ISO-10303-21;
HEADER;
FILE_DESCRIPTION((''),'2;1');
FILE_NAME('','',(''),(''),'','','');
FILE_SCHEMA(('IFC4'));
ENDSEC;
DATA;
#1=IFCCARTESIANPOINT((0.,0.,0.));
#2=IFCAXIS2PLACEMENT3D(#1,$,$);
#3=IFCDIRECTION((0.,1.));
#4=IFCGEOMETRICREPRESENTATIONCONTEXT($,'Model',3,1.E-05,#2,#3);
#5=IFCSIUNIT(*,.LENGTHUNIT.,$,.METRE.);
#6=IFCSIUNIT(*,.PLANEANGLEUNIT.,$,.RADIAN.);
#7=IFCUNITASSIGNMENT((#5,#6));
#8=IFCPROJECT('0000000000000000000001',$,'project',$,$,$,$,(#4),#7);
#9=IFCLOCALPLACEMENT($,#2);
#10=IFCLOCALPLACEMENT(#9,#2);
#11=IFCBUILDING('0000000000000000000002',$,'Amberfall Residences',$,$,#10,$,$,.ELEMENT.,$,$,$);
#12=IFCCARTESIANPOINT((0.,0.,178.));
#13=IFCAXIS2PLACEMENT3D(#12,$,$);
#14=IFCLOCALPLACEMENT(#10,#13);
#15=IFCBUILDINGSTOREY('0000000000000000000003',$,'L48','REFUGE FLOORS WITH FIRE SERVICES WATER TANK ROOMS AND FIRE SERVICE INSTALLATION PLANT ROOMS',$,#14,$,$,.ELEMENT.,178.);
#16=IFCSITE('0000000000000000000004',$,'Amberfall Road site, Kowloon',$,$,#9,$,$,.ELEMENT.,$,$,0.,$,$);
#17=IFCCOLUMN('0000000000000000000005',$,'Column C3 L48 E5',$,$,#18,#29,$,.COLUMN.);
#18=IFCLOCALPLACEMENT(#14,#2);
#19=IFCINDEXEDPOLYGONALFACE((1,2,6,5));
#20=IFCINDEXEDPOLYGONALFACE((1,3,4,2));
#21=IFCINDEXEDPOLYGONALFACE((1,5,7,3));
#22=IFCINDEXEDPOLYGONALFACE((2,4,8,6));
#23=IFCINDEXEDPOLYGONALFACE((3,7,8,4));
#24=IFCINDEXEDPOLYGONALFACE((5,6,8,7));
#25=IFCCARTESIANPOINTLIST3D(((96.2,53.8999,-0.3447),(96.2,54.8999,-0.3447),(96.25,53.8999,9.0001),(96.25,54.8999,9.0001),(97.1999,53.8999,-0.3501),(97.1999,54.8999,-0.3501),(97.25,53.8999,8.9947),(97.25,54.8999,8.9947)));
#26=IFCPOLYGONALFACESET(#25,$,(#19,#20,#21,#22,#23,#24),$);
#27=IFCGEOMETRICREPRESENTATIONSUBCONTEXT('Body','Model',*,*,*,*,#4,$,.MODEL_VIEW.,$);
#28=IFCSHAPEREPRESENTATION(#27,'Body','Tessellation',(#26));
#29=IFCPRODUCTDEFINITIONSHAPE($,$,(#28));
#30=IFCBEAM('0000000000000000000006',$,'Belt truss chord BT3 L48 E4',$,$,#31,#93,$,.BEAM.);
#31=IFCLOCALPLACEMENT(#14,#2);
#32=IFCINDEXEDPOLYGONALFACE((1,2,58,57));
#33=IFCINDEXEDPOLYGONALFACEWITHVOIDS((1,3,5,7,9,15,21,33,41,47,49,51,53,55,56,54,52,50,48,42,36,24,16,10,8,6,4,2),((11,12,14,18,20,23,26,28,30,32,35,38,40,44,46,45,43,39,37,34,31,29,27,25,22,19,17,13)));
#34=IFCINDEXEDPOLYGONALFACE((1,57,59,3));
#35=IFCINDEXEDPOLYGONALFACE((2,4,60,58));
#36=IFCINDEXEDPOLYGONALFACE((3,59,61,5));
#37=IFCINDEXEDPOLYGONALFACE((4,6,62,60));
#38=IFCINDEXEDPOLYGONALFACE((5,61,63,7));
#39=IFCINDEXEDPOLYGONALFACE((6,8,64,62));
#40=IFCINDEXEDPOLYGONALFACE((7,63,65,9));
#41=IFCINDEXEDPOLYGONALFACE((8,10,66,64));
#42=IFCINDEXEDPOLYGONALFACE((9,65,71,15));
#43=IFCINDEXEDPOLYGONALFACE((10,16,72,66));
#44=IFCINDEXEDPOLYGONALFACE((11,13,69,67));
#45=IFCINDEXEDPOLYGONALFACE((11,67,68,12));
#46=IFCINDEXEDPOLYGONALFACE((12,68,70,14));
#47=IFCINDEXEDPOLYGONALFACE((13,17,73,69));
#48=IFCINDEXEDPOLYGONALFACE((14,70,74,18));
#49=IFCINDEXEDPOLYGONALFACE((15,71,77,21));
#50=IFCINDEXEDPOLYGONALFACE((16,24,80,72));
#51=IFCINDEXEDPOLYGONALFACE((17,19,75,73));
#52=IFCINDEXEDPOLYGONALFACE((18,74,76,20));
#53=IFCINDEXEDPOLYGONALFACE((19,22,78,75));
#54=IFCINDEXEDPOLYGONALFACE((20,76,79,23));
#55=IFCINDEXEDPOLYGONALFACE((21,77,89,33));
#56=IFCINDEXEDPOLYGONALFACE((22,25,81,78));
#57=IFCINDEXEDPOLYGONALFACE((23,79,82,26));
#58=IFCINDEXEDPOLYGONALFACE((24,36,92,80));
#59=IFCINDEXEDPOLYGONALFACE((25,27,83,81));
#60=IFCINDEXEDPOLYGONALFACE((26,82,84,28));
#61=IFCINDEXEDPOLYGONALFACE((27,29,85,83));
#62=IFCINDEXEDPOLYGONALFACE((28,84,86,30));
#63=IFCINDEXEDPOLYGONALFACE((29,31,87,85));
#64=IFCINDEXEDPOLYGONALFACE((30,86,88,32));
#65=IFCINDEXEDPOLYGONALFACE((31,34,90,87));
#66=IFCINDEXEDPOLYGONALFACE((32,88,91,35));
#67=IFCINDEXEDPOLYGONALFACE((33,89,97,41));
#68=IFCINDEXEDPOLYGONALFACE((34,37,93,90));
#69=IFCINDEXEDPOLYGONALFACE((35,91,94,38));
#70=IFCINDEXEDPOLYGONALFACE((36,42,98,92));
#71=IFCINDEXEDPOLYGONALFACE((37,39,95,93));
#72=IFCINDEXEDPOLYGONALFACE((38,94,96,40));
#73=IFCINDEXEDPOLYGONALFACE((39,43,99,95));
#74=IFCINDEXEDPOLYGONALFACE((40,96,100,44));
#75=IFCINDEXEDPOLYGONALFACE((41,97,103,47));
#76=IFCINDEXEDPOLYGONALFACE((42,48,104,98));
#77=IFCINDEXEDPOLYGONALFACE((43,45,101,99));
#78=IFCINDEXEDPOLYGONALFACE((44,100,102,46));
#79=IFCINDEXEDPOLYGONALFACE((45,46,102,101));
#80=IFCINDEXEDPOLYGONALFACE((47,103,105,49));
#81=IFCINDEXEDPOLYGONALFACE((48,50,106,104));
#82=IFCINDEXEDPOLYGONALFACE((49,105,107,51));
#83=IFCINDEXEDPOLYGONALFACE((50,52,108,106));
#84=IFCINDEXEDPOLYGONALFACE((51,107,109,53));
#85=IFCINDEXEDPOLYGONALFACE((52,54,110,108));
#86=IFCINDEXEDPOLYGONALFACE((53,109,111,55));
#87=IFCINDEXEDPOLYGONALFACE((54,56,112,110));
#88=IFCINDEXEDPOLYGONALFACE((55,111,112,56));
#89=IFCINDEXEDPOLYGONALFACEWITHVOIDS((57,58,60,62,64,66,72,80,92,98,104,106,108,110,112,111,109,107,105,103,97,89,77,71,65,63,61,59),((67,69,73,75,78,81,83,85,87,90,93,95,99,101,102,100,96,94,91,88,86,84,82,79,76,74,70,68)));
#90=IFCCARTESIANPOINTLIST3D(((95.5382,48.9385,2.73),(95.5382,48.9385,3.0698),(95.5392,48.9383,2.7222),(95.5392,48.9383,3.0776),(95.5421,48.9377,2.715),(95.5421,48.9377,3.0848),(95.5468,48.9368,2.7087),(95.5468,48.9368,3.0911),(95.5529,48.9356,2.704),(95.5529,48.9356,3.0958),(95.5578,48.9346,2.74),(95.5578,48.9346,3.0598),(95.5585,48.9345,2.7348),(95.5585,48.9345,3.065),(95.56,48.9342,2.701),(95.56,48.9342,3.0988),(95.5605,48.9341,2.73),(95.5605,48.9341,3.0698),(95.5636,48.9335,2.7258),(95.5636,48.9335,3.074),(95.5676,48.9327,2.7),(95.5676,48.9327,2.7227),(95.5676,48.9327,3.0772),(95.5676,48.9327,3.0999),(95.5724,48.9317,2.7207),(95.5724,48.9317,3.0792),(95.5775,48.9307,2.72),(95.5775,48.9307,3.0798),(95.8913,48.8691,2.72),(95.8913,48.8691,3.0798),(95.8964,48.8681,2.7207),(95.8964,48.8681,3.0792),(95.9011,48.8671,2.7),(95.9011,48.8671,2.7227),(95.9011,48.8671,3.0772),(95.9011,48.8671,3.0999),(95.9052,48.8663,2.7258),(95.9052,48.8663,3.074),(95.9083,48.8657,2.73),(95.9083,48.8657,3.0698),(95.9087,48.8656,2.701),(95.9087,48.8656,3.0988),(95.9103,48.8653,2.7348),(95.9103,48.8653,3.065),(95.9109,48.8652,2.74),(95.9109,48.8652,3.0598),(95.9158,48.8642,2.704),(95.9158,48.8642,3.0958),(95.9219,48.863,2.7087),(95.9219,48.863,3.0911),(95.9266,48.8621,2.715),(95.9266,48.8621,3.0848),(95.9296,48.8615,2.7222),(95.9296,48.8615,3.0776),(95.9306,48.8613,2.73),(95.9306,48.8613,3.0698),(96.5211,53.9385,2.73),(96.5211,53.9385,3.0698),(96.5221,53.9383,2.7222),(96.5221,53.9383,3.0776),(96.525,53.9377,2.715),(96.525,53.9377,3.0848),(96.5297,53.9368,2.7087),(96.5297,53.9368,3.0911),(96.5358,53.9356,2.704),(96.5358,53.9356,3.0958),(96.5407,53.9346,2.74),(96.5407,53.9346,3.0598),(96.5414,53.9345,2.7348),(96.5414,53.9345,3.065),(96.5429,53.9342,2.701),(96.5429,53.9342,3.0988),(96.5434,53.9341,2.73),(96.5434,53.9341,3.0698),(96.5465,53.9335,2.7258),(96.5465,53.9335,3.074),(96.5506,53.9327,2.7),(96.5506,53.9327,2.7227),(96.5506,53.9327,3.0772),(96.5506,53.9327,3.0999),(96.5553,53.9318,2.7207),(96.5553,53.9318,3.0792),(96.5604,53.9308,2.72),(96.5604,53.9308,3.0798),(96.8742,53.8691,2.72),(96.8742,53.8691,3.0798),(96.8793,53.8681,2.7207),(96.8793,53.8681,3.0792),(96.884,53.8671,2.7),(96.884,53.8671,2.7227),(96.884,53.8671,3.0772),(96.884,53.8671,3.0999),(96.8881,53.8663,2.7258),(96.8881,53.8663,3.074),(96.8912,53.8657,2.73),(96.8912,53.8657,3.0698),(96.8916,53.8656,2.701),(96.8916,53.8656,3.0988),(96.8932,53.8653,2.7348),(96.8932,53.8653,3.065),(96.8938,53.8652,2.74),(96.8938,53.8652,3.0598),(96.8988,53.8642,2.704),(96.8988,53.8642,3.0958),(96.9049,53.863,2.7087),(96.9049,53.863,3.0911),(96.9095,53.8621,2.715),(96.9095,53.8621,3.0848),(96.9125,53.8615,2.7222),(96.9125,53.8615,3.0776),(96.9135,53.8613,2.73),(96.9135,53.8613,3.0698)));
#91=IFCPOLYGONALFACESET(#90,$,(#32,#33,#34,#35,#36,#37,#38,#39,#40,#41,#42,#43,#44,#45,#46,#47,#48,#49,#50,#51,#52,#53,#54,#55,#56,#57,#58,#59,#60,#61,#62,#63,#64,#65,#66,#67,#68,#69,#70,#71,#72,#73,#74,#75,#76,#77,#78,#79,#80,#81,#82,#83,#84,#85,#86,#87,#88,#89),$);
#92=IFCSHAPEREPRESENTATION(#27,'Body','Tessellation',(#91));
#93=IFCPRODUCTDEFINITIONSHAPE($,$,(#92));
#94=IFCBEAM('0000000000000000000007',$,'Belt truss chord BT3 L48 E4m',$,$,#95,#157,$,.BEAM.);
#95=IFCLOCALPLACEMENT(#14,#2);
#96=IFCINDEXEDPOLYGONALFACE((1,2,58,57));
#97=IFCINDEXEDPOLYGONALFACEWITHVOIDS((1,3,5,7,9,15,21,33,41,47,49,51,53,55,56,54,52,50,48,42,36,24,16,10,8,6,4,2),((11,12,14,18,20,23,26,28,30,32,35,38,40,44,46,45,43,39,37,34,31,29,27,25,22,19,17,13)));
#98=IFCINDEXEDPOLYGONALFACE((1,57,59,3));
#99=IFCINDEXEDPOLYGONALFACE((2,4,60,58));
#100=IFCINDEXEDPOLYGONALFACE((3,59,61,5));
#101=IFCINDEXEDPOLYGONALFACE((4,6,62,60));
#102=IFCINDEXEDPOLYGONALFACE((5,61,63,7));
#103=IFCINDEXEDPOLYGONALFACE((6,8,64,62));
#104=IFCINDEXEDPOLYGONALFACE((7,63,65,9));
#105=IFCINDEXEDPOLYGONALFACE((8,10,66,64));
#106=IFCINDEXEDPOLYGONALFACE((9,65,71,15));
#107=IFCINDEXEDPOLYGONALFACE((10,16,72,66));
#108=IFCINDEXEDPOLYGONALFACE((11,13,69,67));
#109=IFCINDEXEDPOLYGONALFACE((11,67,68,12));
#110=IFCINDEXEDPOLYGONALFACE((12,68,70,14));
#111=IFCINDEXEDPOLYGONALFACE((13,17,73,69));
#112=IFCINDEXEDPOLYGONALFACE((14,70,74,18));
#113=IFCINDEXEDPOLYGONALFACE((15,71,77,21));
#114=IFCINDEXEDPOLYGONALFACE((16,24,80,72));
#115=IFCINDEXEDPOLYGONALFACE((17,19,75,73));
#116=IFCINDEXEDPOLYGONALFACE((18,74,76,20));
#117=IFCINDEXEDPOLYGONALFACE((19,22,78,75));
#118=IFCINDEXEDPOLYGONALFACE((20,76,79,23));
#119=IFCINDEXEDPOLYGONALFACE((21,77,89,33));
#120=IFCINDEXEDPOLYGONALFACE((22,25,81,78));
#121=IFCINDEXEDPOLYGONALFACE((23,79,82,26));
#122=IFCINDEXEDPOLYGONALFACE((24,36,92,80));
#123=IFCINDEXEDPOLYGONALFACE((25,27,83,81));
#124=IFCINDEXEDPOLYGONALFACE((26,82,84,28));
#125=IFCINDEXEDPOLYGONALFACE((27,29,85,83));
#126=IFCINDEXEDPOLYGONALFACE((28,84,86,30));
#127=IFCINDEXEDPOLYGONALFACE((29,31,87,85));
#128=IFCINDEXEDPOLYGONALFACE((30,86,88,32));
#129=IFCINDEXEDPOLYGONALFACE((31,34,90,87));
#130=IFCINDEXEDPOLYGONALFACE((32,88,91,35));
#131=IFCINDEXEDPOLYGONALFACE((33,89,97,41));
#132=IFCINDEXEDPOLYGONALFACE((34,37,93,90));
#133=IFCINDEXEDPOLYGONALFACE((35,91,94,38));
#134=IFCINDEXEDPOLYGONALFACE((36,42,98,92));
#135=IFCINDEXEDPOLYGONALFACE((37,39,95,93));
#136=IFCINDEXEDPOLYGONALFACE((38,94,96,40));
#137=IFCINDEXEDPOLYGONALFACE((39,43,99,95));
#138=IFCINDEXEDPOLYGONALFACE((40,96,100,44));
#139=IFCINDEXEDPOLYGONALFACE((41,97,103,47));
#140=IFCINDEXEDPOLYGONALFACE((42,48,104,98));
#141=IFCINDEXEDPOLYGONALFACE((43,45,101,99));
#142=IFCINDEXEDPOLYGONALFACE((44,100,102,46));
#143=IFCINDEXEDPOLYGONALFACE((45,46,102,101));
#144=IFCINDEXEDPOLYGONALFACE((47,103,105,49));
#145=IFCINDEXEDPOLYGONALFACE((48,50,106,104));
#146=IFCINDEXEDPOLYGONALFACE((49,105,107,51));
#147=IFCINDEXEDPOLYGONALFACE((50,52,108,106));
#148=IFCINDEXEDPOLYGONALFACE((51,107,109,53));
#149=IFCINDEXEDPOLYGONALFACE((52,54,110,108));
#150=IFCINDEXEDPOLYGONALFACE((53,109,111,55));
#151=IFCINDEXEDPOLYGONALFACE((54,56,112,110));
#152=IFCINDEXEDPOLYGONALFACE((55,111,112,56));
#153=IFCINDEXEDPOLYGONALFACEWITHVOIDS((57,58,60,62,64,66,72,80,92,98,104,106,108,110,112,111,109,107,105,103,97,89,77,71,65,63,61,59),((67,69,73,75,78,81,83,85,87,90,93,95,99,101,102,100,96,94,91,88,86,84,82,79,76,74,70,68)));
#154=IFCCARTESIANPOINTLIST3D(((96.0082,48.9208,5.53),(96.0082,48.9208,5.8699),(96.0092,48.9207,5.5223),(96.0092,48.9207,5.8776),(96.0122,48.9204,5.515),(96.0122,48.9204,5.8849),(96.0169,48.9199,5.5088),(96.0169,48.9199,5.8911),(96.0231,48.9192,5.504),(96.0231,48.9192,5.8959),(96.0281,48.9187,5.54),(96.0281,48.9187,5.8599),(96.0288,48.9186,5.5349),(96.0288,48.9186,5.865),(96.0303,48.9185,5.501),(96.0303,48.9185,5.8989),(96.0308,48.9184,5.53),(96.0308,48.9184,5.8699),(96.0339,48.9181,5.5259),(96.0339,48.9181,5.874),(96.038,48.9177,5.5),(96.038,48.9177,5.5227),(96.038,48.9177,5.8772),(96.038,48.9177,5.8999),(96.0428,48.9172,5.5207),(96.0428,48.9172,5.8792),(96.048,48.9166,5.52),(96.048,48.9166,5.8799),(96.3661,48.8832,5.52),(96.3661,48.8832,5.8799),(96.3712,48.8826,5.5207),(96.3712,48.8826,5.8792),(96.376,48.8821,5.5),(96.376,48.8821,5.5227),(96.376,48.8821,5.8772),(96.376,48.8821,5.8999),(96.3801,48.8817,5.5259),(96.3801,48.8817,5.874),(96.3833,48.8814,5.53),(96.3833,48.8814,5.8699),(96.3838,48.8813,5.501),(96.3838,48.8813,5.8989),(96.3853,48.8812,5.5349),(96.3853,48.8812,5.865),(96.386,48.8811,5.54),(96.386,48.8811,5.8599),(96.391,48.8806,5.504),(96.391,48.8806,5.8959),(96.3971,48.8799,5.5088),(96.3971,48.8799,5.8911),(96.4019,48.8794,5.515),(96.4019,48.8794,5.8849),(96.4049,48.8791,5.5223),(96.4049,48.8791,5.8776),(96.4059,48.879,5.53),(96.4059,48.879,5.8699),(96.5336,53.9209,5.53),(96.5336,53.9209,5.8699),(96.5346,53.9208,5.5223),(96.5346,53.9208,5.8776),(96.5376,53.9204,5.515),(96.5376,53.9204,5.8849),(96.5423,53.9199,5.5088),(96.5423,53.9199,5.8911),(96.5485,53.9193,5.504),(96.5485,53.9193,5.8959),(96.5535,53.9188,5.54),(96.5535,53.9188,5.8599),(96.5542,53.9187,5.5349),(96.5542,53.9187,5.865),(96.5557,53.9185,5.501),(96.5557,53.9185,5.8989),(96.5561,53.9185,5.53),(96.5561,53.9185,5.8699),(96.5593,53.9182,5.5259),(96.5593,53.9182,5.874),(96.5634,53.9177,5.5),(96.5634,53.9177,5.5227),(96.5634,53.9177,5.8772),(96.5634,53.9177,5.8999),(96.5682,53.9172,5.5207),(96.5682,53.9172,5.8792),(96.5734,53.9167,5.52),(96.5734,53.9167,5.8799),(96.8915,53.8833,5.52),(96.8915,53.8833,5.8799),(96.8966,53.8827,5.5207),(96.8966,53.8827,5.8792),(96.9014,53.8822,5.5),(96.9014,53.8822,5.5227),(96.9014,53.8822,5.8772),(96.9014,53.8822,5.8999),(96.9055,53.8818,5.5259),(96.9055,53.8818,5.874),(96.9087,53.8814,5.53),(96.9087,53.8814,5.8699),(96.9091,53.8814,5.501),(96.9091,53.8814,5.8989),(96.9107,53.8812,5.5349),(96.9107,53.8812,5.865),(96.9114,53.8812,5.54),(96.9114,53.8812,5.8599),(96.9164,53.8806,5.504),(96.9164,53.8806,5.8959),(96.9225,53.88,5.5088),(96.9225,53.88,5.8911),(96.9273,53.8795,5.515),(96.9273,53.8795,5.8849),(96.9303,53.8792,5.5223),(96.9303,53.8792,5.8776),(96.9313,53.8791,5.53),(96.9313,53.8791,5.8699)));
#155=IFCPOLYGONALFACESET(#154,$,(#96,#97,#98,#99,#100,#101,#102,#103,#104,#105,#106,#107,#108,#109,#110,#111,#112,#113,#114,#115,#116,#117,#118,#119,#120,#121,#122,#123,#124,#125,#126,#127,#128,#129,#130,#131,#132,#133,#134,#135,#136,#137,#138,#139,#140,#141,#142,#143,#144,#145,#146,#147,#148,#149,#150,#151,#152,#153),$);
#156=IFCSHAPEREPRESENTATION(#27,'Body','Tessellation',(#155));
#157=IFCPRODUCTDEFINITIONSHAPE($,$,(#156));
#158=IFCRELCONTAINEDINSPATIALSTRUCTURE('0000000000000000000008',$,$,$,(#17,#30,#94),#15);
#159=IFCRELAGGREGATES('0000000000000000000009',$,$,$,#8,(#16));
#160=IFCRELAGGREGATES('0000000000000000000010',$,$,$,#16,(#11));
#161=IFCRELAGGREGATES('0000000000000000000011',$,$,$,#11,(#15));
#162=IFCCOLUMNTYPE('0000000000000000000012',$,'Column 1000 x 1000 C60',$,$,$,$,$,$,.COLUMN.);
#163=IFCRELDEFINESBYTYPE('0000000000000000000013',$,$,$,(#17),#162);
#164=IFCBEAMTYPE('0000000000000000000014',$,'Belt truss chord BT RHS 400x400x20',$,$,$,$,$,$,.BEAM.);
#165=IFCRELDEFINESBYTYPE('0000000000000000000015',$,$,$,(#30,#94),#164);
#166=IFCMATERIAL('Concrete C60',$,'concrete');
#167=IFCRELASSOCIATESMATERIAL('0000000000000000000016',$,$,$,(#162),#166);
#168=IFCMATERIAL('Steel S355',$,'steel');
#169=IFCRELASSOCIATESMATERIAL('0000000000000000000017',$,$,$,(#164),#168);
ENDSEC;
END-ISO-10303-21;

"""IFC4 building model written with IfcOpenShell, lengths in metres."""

from ifc_helpers import new_model, si_unit, direction, frame, origin, origin_2d, place, context, subcontext, project, spatial, rectangle, hollow_rectangle, extrude, material, material_profile, profile_set, type_object, element, save


model = new_model("IFC4")

# Units and contexts
model_context = context("Model", 3, precision=1e-05, world=origin(), true_north=direction((0.0, 1.0)))
body_context = subcontext(model_context, "Body", "Model", "MODEL_VIEW")
ifc_project = project(units=[si_unit("LENGTHUNIT", "METRE"), si_unit("PLANEANGLEUNIT", "RADIAN")], contexts=[model_context])

# Site, building, storey
site_placement = place(None, origin())
site = spatial("IfcSite", under=ifc_project, at=site_placement, Name="Amberfall Road site, Kowloon", CompositionType="ELEMENT", RefElevation=0.0)
building_placement = place(site_placement, origin())
building = spatial("IfcBuilding", under=site, at=building_placement, Name="Amberfall Residences", CompositionType="ELEMENT")
storey_placement = place(building_placement, frame((0.0, 0.0, 178.0)))
storey = spatial("IfcBuildingStorey", under=building, at=storey_placement, Name="L48", Description="REFUGE FLOORS WITH FIRE SERVICES WATER TANK ROOMS AND FIRE SERVICE INSTALLATION PLANT ROOMS", CompositionType="ELEMENT", Elevation=178.0)

# Column
ifc_material_1 = material(Name="Concrete C60", Category="concrete")
ifc_material_profile_1 = material_profile(ifc_material_1, rectangle(XDim=1.0, YDim=1.0, at=origin_2d()), Name="Column 1000 x 1000 C60")
ifc_profile_set_1 = profile_set([ifc_material_profile_1], Name="Concrete C60")
column_type = type_object("IfcColumnType", Name="Column 1000 x 1000 C60", PredefinedType="COLUMN", material=ifc_profile_set_1)
column_placement = place(storey_placement, frame((96.7, 54.3999, -0.3474), z_axis=(0.005356, 0.0, 0.999986), x_axis=(0.0, 1.0, 0.0)))
element("IfcColumn", 1, at=column_placement, inside=storey, type_object=column_type, Name="Column C3 L48 E5", PredefinedType="COLUMN", context=body_context, shape_type="SweptSolid", body=[
    extrude(rectangle(XDim=1.0, YDim=1.0, at=origin_2d()), origin(), (0.0, 0.0, 1.0), 9.345),
])

# Beams
ifc_material_2 = material(Name="Steel S355", Category="steel")
ifc_material_profile_2 = material_profile(ifc_material_2, hollow_rectangle(XDim=0.3999, YDim=0.3999, WallThickness=0.02, InnerFilletRadius=0.02, OuterFilletRadius=0.03, at=origin_2d()), Name="RHS 400x400x20")
ifc_profile_set_2 = profile_set([ifc_material_profile_2], Name="Steel S355")
beam_type_1 = type_object("IfcBeamType", Name="Belt truss chord BT RHS 400x400x20", PredefinedType="BEAM", material=ifc_profile_set_2)
beam_1_placement = place(storey_placement, frame((95.7344, 48.8999, 2.8999), z_axis=(0.19289, 0.98122, 0.0), x_axis=(-0.98122, 0.19289, 0.0)))
element("IfcBeam", 2, at=beam_1_placement, inside=storey, type_object=beam_type_1, Name="Belt truss chord BT3 L48 E4", PredefinedType="BEAM", context=body_context, shape_type="SweptSolid", body=[
    extrude(hollow_rectangle(XDim=0.3999, YDim=0.3999, WallThickness=0.02, InnerFilletRadius=0.02, OuterFilletRadius=0.03, at=origin_2d()), origin(), (0.0, 0.0, 1.0), 5.0957),
])
beam_2_placement = place(storey_placement, frame((96.207, 48.8999, 5.7), z_axis=(0.104503, 0.994525, 0.0), x_axis=(-0.994525, 0.104503, 0.0)))
element("IfcBeam", 3, at=beam_2_placement, inside=storey, type_object=beam_type_1, Name="Belt truss chord BT3 L48 E4m", PredefinedType="BEAM", context=body_context, shape_type="SweptSolid", body=[
    extrude(hollow_rectangle(XDim=0.3999, YDim=0.3999, WallThickness=0.02, InnerFilletRadius=0.02, OuterFilletRadius=0.03, at=origin_2d()), origin(), (0.0, 0.0, 1.0), 5.0276),
])

save(model, "model.ifc")
